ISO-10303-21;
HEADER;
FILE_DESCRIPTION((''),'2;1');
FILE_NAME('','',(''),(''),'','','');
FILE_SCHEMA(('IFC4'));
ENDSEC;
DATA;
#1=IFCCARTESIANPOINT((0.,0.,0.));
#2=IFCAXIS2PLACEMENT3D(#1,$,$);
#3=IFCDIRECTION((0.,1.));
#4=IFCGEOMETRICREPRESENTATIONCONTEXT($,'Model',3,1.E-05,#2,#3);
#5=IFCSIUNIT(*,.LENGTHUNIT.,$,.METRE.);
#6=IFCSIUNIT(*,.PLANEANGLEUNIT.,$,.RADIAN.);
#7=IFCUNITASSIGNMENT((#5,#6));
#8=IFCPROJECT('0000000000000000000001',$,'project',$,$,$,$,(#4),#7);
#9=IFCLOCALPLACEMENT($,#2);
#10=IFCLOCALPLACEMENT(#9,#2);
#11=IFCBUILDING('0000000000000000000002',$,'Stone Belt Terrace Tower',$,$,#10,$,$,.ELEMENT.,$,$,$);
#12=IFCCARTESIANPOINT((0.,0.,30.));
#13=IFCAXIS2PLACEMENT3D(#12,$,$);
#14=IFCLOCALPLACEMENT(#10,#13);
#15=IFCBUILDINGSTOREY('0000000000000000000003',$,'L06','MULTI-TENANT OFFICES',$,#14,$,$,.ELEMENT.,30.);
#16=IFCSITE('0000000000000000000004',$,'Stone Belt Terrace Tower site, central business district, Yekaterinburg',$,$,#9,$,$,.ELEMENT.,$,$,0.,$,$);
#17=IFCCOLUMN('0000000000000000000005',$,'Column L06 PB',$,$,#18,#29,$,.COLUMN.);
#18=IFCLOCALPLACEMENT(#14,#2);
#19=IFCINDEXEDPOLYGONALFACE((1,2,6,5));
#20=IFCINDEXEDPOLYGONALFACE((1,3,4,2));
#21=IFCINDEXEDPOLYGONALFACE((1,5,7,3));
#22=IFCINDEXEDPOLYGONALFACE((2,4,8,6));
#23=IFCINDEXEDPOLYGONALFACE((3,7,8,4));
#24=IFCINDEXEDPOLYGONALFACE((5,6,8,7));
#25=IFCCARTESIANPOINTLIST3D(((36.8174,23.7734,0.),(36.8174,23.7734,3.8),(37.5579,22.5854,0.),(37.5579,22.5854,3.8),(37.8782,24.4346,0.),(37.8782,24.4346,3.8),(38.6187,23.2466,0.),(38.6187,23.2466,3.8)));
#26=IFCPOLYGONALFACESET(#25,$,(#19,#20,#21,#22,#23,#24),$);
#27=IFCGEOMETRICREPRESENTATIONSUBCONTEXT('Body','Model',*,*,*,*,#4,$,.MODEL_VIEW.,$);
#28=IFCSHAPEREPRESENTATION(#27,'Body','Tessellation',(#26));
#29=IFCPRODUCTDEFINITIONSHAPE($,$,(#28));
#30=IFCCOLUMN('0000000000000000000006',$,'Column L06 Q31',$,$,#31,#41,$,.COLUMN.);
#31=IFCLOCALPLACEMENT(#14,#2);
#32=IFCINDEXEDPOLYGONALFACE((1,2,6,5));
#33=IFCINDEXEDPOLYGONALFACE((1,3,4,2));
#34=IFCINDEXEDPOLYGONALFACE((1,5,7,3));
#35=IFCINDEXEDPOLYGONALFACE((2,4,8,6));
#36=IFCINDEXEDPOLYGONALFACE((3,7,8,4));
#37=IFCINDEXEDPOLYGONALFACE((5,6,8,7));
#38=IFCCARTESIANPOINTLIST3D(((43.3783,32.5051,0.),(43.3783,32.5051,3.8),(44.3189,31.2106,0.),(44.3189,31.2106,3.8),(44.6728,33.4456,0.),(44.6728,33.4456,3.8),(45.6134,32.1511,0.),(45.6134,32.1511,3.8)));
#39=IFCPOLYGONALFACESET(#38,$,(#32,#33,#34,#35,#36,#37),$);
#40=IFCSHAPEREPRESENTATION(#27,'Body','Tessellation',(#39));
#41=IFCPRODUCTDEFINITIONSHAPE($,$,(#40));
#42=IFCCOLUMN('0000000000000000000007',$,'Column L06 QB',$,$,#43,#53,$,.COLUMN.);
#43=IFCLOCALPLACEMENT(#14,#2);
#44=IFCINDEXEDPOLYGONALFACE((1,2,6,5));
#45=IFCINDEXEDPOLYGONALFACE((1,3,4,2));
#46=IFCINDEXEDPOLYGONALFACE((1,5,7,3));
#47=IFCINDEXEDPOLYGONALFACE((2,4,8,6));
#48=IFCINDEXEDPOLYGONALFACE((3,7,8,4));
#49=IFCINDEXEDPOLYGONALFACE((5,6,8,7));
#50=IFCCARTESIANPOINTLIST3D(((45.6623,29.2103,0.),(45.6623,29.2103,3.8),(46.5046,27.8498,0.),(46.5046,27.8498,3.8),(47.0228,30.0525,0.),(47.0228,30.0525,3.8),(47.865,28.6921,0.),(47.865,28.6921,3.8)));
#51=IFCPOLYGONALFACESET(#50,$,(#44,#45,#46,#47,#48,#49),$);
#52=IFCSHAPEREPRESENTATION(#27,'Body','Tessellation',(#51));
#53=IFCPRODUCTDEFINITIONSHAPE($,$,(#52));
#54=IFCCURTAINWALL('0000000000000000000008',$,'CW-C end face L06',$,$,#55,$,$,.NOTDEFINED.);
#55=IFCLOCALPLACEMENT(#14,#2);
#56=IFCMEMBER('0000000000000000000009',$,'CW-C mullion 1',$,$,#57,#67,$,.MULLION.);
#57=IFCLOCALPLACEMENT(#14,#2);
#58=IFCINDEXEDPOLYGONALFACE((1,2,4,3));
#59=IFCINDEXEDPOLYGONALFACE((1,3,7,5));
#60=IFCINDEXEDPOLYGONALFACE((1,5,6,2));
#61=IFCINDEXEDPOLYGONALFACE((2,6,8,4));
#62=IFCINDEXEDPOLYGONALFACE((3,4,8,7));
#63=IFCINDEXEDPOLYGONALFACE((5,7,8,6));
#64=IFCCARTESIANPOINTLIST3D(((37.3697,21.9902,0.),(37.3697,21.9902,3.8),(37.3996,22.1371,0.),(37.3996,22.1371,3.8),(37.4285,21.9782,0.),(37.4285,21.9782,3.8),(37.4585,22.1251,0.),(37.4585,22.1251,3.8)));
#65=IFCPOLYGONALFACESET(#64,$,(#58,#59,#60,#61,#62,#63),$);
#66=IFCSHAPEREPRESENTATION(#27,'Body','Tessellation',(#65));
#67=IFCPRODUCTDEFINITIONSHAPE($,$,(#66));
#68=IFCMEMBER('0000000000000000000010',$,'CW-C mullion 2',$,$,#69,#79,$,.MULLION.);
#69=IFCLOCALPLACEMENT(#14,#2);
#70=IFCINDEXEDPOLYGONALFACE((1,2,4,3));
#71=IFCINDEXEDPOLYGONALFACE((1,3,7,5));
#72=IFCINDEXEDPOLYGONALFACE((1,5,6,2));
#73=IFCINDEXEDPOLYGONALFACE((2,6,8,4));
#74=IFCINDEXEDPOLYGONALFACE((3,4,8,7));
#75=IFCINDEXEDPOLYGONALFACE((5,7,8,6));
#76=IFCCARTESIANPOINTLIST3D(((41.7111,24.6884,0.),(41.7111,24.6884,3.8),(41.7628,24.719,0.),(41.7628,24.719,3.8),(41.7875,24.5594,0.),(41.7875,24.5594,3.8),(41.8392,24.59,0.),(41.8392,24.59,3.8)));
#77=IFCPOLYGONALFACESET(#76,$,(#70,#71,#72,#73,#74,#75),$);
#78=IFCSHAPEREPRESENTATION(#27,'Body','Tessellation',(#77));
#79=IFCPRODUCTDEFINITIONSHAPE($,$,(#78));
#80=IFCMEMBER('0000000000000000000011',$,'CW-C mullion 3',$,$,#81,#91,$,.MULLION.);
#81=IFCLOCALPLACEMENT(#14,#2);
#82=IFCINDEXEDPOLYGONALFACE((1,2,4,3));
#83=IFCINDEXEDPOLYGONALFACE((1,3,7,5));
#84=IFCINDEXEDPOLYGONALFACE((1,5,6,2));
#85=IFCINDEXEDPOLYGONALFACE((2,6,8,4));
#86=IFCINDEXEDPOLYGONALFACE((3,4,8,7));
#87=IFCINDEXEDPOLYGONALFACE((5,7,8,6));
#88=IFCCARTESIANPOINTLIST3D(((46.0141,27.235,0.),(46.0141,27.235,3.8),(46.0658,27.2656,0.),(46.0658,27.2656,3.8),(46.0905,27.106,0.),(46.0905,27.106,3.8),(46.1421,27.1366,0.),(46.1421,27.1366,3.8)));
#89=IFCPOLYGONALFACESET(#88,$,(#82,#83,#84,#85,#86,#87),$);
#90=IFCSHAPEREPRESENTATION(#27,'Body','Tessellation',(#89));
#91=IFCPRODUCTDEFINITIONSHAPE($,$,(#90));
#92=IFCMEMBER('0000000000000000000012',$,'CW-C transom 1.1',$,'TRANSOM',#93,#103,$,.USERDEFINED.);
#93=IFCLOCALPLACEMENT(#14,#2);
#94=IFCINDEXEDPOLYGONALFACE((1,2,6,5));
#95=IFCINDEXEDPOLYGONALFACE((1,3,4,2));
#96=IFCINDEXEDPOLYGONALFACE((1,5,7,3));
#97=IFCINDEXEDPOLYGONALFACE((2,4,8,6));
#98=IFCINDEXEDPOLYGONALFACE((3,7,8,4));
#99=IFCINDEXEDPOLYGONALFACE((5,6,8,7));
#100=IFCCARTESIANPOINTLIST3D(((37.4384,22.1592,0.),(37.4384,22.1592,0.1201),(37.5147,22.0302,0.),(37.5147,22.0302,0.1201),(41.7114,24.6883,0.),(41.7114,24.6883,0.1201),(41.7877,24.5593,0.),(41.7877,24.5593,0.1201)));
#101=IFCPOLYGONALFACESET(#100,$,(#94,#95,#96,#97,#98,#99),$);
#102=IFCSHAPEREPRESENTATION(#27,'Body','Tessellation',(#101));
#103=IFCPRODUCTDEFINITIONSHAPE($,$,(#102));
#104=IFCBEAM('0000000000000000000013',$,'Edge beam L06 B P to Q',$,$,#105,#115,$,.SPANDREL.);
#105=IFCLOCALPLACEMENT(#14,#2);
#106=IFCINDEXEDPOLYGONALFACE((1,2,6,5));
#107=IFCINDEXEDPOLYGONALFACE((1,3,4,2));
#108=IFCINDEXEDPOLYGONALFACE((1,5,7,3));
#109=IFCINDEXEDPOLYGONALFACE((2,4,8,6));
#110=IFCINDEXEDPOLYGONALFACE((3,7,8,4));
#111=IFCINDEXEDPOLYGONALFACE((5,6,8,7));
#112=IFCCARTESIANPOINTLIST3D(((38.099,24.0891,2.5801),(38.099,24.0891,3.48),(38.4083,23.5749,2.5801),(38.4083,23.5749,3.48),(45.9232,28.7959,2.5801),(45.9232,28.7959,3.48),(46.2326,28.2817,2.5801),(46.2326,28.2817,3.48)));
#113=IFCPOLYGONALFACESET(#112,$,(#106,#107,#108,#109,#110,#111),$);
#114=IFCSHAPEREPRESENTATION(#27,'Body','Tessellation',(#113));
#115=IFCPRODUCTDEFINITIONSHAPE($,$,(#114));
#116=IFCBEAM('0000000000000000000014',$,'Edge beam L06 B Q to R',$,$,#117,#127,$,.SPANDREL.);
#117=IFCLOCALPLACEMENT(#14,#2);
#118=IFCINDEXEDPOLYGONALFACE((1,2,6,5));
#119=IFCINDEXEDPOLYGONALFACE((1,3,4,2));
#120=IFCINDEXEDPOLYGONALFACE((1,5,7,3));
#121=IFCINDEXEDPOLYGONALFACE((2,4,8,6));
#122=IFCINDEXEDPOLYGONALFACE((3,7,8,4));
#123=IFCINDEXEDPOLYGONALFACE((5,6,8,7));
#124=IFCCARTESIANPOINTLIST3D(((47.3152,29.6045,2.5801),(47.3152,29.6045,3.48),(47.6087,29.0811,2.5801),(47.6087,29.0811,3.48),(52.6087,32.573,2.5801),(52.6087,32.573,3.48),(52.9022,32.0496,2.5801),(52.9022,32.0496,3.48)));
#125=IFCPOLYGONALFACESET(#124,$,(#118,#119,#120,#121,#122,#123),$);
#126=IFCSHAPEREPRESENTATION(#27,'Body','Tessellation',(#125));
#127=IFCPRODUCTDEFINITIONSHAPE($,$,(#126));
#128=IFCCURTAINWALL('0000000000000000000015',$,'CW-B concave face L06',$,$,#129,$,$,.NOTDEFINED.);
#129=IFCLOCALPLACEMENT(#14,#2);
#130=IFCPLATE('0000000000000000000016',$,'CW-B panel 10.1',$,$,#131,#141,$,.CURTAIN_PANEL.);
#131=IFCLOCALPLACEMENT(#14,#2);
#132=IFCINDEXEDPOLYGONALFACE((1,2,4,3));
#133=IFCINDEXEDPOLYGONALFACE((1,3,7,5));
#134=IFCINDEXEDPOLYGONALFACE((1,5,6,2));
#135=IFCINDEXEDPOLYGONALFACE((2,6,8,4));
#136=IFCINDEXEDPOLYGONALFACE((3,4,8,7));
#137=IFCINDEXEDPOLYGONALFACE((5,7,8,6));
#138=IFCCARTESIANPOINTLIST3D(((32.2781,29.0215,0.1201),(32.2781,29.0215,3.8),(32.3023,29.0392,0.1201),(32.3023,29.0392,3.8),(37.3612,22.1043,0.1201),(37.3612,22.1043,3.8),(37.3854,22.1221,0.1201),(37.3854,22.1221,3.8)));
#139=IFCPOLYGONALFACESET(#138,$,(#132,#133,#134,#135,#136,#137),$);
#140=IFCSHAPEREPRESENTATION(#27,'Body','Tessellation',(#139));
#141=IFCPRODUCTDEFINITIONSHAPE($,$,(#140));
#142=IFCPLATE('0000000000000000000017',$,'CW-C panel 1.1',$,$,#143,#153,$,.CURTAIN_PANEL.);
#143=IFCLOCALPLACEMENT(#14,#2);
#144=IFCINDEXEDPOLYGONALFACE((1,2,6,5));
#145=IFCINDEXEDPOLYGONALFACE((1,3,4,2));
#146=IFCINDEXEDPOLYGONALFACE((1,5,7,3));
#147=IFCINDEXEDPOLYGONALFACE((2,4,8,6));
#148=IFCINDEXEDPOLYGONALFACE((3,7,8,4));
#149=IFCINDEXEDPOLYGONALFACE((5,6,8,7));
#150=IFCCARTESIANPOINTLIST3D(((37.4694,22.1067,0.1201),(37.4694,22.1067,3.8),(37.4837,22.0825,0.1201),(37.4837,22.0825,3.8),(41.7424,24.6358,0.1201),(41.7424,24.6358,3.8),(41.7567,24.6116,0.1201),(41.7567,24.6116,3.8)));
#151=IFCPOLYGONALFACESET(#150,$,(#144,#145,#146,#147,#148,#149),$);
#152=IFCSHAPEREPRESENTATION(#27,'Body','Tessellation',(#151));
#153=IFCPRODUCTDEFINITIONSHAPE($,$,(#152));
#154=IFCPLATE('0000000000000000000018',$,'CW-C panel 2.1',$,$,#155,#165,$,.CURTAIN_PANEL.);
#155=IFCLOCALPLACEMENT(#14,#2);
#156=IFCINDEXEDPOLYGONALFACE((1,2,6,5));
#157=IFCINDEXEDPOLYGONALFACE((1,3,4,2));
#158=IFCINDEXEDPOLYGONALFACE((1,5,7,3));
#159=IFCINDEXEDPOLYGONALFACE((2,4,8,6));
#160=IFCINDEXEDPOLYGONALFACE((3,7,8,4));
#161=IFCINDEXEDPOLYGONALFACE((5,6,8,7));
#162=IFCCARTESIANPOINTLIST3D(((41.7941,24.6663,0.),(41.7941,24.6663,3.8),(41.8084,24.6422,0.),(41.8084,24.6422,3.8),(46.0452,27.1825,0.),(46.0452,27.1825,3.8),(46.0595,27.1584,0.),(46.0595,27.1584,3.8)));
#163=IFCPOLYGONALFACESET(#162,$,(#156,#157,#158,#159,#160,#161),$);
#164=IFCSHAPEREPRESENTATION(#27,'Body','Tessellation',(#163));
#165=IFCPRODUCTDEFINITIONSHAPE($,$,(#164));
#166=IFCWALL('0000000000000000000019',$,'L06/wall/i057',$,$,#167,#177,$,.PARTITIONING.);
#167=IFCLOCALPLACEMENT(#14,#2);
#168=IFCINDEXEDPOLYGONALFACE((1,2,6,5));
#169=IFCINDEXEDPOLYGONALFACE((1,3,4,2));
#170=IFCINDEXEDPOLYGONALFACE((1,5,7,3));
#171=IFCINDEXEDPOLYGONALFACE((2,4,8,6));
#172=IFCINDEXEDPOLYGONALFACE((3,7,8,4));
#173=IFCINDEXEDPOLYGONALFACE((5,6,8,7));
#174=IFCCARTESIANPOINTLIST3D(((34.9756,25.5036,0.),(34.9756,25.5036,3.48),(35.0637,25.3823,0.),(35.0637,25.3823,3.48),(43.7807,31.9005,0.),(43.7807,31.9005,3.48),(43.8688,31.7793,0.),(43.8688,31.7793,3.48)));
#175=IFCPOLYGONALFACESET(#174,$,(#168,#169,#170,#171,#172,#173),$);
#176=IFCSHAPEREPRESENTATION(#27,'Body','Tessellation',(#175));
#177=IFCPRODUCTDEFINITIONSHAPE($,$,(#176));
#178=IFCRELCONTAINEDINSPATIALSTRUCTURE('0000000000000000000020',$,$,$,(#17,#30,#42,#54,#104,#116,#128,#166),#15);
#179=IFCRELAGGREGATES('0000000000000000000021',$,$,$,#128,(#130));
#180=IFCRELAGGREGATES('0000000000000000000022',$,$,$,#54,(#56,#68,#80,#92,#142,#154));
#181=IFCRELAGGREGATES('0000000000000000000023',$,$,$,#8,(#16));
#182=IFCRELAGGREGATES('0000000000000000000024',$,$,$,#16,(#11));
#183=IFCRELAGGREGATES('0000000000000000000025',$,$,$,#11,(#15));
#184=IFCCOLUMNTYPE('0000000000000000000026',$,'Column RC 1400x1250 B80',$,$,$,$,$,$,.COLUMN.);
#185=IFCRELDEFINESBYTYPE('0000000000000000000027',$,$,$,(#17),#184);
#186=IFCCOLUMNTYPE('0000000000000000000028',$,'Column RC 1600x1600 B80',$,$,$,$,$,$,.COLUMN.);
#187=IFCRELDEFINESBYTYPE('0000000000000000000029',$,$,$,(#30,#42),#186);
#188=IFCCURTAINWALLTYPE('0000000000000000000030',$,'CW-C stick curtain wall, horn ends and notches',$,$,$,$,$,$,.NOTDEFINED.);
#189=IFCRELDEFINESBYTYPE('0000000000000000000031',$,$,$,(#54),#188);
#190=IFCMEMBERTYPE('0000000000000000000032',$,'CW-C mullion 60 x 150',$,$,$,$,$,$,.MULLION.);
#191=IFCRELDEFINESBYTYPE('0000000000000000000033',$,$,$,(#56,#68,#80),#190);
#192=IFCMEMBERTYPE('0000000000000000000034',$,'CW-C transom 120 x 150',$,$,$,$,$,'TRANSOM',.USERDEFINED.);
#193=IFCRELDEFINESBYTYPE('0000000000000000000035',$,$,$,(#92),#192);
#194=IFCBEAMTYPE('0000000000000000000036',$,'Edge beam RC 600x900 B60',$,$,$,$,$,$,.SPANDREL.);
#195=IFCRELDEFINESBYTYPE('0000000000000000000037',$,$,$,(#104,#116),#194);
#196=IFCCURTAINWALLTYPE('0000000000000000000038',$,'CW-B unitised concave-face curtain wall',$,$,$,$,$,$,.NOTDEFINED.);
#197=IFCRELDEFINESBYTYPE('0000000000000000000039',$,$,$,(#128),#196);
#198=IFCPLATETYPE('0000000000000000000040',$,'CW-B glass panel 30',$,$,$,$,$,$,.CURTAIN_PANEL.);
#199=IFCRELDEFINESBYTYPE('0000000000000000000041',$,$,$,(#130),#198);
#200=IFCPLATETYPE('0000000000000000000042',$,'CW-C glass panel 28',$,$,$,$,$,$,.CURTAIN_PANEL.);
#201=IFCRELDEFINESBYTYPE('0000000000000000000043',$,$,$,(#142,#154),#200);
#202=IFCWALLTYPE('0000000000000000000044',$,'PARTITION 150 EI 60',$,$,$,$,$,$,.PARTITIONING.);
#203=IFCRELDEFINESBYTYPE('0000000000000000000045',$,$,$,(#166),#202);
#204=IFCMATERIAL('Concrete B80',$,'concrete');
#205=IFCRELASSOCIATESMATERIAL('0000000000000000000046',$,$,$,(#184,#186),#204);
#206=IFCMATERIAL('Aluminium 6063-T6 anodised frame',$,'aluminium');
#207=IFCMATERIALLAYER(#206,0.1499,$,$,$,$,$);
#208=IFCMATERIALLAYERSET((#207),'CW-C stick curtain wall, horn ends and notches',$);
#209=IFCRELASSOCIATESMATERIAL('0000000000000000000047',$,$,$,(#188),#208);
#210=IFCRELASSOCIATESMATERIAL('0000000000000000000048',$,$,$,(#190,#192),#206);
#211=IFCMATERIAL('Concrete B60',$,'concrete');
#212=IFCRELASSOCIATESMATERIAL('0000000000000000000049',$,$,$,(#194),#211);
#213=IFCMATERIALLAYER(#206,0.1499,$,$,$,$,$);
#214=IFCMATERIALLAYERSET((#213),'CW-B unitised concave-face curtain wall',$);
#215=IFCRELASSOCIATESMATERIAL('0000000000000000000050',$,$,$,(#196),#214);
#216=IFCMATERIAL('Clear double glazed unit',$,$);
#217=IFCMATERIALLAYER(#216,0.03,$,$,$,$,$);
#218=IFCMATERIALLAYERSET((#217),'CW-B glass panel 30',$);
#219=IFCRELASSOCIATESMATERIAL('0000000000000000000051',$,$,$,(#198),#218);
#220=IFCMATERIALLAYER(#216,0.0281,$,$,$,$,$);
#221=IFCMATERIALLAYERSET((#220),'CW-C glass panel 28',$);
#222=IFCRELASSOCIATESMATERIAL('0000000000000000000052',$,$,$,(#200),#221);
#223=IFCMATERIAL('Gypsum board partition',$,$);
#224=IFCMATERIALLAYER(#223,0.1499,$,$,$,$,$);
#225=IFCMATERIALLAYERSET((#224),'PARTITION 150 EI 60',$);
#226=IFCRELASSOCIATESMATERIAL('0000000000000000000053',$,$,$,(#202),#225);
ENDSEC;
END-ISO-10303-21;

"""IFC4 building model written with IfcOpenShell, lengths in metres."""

from ifc_helpers import new_model, si_unit, direction, frame, frame_2d, origin, origin_2d, place, context, subcontext, project, spatial, rectangle, extrude, material, layer, layer_set, material_profile, profile_set, type_object, element, aggregate, save


model = new_model("IFC4")

# Units and contexts
model_context = context("Model", 3, precision=1e-05, world=origin(), true_north=direction((0.0, 1.0)))
body_context = subcontext(model_context, "Body", "Model", "MODEL_VIEW")
ifc_project = project(units=[si_unit("LENGTHUNIT", "METRE"), si_unit("PLANEANGLEUNIT", "RADIAN")], contexts=[model_context])

# Site, building, storey
site_placement = place(None, origin())
site = spatial("IfcSite", under=ifc_project, at=site_placement, Name="Stone Belt Terrace Tower site, central business district, Yekaterinburg", CompositionType="ELEMENT", RefElevation=0.0)
building_placement = place(site_placement, origin())
building = spatial("IfcBuilding", under=site, at=building_placement, Name="Stone Belt Terrace Tower", CompositionType="ELEMENT")
storey_placement = place(building_placement, frame((0.0, 0.0, 30.0)))
storey = spatial("IfcBuildingStorey", under=building, at=storey_placement, Name="L06", Description="MULTI-TENANT OFFICES", CompositionType="ELEMENT", Elevation=30.0)

# Columns
ifc_material_1 = material(Name="Concrete B80", Category="concrete")
ifc_material_profile_1 = material_profile(ifc_material_1, rectangle(XDim=1.3999, YDim=1.25, at=origin_2d()), Name="RC 1400x1250")
ifc_profile_set_1 = profile_set([ifc_material_profile_1], Name="Concrete B80")
column_type_1 = type_object("IfcColumnType", Name="Column RC 1400x1250 B80", PredefinedType="COLUMN", material=ifc_profile_set_1)
column_placement = place(storey_placement, frame((37.718, 23.51, 0.0), z_axis=(0.0, 0.0, 1.0), x_axis=(0.528967, -0.848642, 0.0)))
element("IfcColumn", 1, at=column_placement, inside=storey, type_object=column_type_1, Name="Column L06 PB", PredefinedType="COLUMN", context=body_context, shape_type="SweptSolid", body=[
    extrude(rectangle(XDim=1.3999, YDim=1.25, at=origin_2d()), origin(), (0.0, 0.0, 1.0), 3.8),
])
ifc_material_profile_2 = material_profile(ifc_material_1, rectangle(XDim=1.6001, YDim=1.6001, at=origin_2d()), Name="RC 1600x1600")
ifc_profile_set_2 = profile_set([ifc_material_profile_2], Name="Concrete B80")
column_type_2 = type_object("IfcColumnType", Name="Column RC 1600x1600 B80", PredefinedType="COLUMN", material=ifc_profile_set_2)
for number, where, z_axis, x_axis, name in (
    (2, (44.4958, 32.3281, 0.0), (0.0, 0.0, 1.0), (0.587785, -0.809017, 0.0), "Column L06 Q31"),
    (3, (46.7637, 28.9512, 0.0), (0.0, 0.0, 1.0), (0.526383, -0.850248, 0.0), "Column L06 QB"),
):
    element("IfcColumn", number, at=place(storey_placement, frame(where, z_axis=z_axis, x_axis=x_axis)), inside=storey, type_object=column_type_2, Name=name, PredefinedType="COLUMN", context=body_context, shape_type="SweptSolid", body=[
        extrude(rectangle(XDim=1.6001, YDim=1.6001, at=origin_2d()), origin(), (0.0, 0.0, 1.0), 3.8),
    ])

# Curtain wall, members
ifc_material_2 = material(Name="Aluminium 6063-T6 anodised frame", Category="aluminium")
ifc_layer_1 = layer(ifc_material_2, 0.1499)
ifc_layer_set_1 = layer_set([ifc_layer_1], Name="CW-C stick curtain wall, horn ends and notches")
curtain_wall_type_1 = type_object("IfcCurtainWallType", Name="CW-C stick curtain wall, horn ends and notches", PredefinedType="NOTDEFINED", material=ifc_layer_set_1)
curtain_wall_1_placement = place(storey_placement, origin())
curtain_wall_1 = element("IfcCurtainWall", 4, at=curtain_wall_1_placement, inside=storey, type_object=curtain_wall_type_1, Name="CW-C end face L06", PredefinedType="NOTDEFINED")
ifc_material_profile_3 = material_profile(ifc_material_2, rectangle(XDim=0.1499, YDim=0.0601, at=origin_2d()), Name="Aluminium 6063-T6 60x150")
ifc_profile_set_3 = profile_set([ifc_material_profile_3], Name="Aluminium 6063-T6 anodised frame")
member_type_1 = type_object("IfcMemberType", Name="CW-C mullion 60 x 150", PredefinedType="MULLION", material=ifc_profile_set_3)
member_1_placement = place(storey_placement, frame((37.4141, 22.0576, 0.0), z_axis=(0.0, 0.0, 1.0), x_axis=(0.199957, 0.979805, 0.0)))
member_1 = element("IfcMember", 5, at=member_1_placement, type_object=member_type_1, Name="CW-C mullion 1", PredefinedType="MULLION", context=body_context, shape_type="SweptSolid", body=[
    extrude(rectangle(XDim=0.1499, YDim=0.0601, at=origin_2d()), origin(), (0.0, 0.0, 1.0), 3.8),
])
member_2_placement = place(storey_placement, frame((41.7751, 24.6392, 0.0), z_axis=(0.0, 0.0, 1.0), x_axis=(-0.509353, 0.860558, 0.0)))
member_2 = element("IfcMember", 6, at=member_2_placement, type_object=member_type_1, Name="CW-C mullion 2", PredefinedType="MULLION", context=body_context, shape_type="SweptSolid", body=[
    extrude(rectangle(XDim=0.1499, YDim=0.0601, at=origin_2d()), origin(), (0.0, 0.0, 1.0), 3.8),
])
member_3_placement = place(storey_placement, frame((46.0781, 27.1858, 0.0), z_axis=(0.0, 0.0, 1.0), x_axis=(-0.509353, 0.860558, 0.0)))
member_3 = element("IfcMember", 7, at=member_3_placement, type_object=member_type_1, Name="CW-C mullion 3", PredefinedType="MULLION", context=body_context, shape_type="SweptSolid", body=[
    extrude(rectangle(XDim=0.1499, YDim=0.0601, at=origin_2d()), origin(), (0.0, 0.0, 1.0), 3.8),
])
ifc_material_profile_4 = material_profile(ifc_material_2, rectangle(XDim=0.1499, YDim=0.1201, at=origin_2d()), Name="Aluminium 6063-T6 150x120")
ifc_profile_set_4 = profile_set([ifc_material_profile_4], Name="Aluminium 6063-T6 anodised frame")
member_type_2 = type_object("IfcMemberType", Name="CW-C transom 120 x 150", ElementType="TRANSOM", PredefinedType="USERDEFINED", material=ifc_profile_set_4)
member_4_placement = place(storey_placement, frame((37.4766, 22.0947, 0.0601), z_axis=(0.860562, 0.509345, 0.0), x_axis=(-0.509345, 0.860562, 0.0)))
member_4 = element("IfcMember", 8, at=member_4_placement, type_object=member_type_2, Name="CW-C transom 1.1", ObjectType="TRANSOM", PredefinedType="USERDEFINED", context=body_context, shape_type="SweptSolid", body=[
    extrude(rectangle(XDim=0.1499, YDim=0.1201, at=origin_2d()), origin(), (0.0, 0.0, 1.0), 4.9653),
])

# Beams
ifc_material_3 = material(Name="Concrete B60", Category="concrete")
ifc_material_profile_5 = material_profile(ifc_material_3, rectangle(XDim=0.6001, YDim=0.8999, at=origin_2d()), Name="RC 600x900")
ifc_profile_set_5 = profile_set([ifc_material_profile_5], Name="Concrete B60")
beam_type = type_object("IfcBeamType", Name="Edge beam RC 600x900 B60", PredefinedType="SPANDREL", material=ifc_profile_set_5)
beam_1_placement = place(storey_placement, frame((38.2537, 23.832, 3.03), z_axis=(0.8569, 0.515482, 0.0), x_axis=(-0.515482, 0.8569, 0.0)))
element("IfcBeam", 9, at=beam_1_placement, inside=storey, type_object=beam_type, Name="Edge beam L06 B P to Q", PredefinedType="SPANDREL", context=body_context, shape_type="SweptSolid", body=[
    extrude(rectangle(XDim=0.6001, YDim=0.8999, at=origin_2d()), origin(), (0.0, 0.0, 1.0), 9.1309),
])
beam_2_placement = place(storey_placement, frame((47.4619, 29.3428, 3.03), z_axis=(0.872213, 0.489126, 0.0), x_axis=(-0.489126, 0.872213, 0.0)))
element("IfcBeam", 10, at=beam_2_placement, inside=storey, type_object=beam_type, Name="Edge beam L06 B Q to R", PredefinedType="SPANDREL", context=body_context, shape_type="SweptSolid", body=[
    extrude(rectangle(XDim=0.6001, YDim=0.8999, at=origin_2d()), origin(), (0.0, 0.0, 1.0), 6.0691),
])

# Curtain wall, plate
ifc_layer_2 = layer(ifc_material_2, 0.1499)
ifc_layer_set_2 = layer_set([ifc_layer_2], Name="CW-B unitised concave-face curtain wall")
curtain_wall_type_2 = type_object("IfcCurtainWallType", Name="CW-B unitised concave-face curtain wall", PredefinedType="NOTDEFINED", material=ifc_layer_set_2)
curtain_wall_2_placement = place(storey_placement, origin())
curtain_wall_2 = element("IfcCurtainWall", 11, at=curtain_wall_2_placement, inside=storey, type_object=curtain_wall_type_2, Name="CW-B concave face L06", PredefinedType="NOTDEFINED")
ifc_material_4 = material(Name="Clear double glazed unit")
ifc_layer_3 = layer(ifc_material_4, 0.03)
ifc_layer_set_3 = layer_set([ifc_layer_3], Name="CW-B glass panel 30")
plate_type_1 = type_object("IfcPlateType", Name="CW-B glass panel 30", PredefinedType="CURTAIN_PANEL", material=ifc_layer_set_3)
plate_1_placement = place(storey_placement, frame((34.8318, 25.5718, 0.1201), z_axis=(0.0, 0.0, 1.0), x_axis=(0.592159, -0.805821, 0.0)))
plate_1 = element("IfcPlate", 12, at=plate_1_placement, type_object=plate_type_1, Name="CW-B panel 10.1", PredefinedType="CURTAIN_PANEL", context=body_context, shape_type="SweptSolid", body=[
    extrude(rectangle(XDim=8.584, YDim=0.03, at=origin_2d()), origin(), (0.0, 0.0, 1.0), 3.6799),
])
aggregate(curtain_wall_2, [plate_1])

# Plates
ifc_layer_4 = layer(ifc_material_4, 0.0281)
ifc_layer_set_4 = layer_set([ifc_layer_4], Name="CW-C glass panel 28")
plate_type_2 = type_object("IfcPlateType", Name="CW-C glass panel 28", PredefinedType="CURTAIN_PANEL", material=ifc_layer_set_4)
plate_2_placement = place(storey_placement, frame((39.613, 23.3591, 0.1201), z_axis=(0.0, 0.0, 1.0), x_axis=(0.860558, 0.509353, 0.0)))
plate_2 = element("IfcPlate", 13, at=plate_2_placement, type_object=plate_type_2, Name="CW-C panel 1.1", PredefinedType="CURTAIN_PANEL", context=body_context, shape_type="SweptSolid", body=[
    extrude(rectangle(XDim=4.9653, YDim=0.0281, at=origin_2d()), origin(), (0.0, 0.0, 1.0), 3.6799),
])
plate_3_placement = place(storey_placement, frame((43.9268, 25.9124, 0.0), z_axis=(0.0, 0.0, 1.0), x_axis=(0.860558, 0.509353, 0.0)))
plate_3 = element("IfcPlate", 14, at=plate_3_placement, type_object=plate_type_2, Name="CW-C panel 2.1", PredefinedType="CURTAIN_PANEL", context=body_context, shape_type="SweptSolid", body=[
    extrude(rectangle(XDim=4.9399, YDim=0.0281, at=origin_2d()), origin(), (0.0, 0.0, 1.0), 3.8),
])
aggregate(curtain_wall_1, [member_1, member_2, member_3, member_4, plate_2, plate_3])

# Wall
ifc_material_5 = material(Name="Gypsum board partition")
ifc_layer_5 = layer(ifc_material_5, 0.1499)
ifc_layer_set_5 = layer_set([ifc_layer_5], Name="PARTITION 150 EI 60")
wall_type_1 = type_object("IfcWallType", Name="PARTITION 150 EI 60", PredefinedType="PARTITIONING", material=ifc_layer_set_5)
wall_1_placement = place(storey_placement, frame((35.0195, 25.4429, 0.0), z_axis=(0.0, 0.0, 1.0), x_axis=(0.809033, 0.587763, 0.0)))
element("IfcWall", 15, at=wall_1_placement, inside=storey, type_object=wall_type_1, Name="L06/wall/i057", PredefinedType="PARTITIONING", context=body_context, shape_type="SweptSolid", body=[
    extrude(rectangle(XDim=10.8835, YDim=0.1499, at=frame_2d((5.4419, 0.0))), origin(), (0.0, 0.0, 1.0), 3.48),
])

save(model, "model.ifc")
